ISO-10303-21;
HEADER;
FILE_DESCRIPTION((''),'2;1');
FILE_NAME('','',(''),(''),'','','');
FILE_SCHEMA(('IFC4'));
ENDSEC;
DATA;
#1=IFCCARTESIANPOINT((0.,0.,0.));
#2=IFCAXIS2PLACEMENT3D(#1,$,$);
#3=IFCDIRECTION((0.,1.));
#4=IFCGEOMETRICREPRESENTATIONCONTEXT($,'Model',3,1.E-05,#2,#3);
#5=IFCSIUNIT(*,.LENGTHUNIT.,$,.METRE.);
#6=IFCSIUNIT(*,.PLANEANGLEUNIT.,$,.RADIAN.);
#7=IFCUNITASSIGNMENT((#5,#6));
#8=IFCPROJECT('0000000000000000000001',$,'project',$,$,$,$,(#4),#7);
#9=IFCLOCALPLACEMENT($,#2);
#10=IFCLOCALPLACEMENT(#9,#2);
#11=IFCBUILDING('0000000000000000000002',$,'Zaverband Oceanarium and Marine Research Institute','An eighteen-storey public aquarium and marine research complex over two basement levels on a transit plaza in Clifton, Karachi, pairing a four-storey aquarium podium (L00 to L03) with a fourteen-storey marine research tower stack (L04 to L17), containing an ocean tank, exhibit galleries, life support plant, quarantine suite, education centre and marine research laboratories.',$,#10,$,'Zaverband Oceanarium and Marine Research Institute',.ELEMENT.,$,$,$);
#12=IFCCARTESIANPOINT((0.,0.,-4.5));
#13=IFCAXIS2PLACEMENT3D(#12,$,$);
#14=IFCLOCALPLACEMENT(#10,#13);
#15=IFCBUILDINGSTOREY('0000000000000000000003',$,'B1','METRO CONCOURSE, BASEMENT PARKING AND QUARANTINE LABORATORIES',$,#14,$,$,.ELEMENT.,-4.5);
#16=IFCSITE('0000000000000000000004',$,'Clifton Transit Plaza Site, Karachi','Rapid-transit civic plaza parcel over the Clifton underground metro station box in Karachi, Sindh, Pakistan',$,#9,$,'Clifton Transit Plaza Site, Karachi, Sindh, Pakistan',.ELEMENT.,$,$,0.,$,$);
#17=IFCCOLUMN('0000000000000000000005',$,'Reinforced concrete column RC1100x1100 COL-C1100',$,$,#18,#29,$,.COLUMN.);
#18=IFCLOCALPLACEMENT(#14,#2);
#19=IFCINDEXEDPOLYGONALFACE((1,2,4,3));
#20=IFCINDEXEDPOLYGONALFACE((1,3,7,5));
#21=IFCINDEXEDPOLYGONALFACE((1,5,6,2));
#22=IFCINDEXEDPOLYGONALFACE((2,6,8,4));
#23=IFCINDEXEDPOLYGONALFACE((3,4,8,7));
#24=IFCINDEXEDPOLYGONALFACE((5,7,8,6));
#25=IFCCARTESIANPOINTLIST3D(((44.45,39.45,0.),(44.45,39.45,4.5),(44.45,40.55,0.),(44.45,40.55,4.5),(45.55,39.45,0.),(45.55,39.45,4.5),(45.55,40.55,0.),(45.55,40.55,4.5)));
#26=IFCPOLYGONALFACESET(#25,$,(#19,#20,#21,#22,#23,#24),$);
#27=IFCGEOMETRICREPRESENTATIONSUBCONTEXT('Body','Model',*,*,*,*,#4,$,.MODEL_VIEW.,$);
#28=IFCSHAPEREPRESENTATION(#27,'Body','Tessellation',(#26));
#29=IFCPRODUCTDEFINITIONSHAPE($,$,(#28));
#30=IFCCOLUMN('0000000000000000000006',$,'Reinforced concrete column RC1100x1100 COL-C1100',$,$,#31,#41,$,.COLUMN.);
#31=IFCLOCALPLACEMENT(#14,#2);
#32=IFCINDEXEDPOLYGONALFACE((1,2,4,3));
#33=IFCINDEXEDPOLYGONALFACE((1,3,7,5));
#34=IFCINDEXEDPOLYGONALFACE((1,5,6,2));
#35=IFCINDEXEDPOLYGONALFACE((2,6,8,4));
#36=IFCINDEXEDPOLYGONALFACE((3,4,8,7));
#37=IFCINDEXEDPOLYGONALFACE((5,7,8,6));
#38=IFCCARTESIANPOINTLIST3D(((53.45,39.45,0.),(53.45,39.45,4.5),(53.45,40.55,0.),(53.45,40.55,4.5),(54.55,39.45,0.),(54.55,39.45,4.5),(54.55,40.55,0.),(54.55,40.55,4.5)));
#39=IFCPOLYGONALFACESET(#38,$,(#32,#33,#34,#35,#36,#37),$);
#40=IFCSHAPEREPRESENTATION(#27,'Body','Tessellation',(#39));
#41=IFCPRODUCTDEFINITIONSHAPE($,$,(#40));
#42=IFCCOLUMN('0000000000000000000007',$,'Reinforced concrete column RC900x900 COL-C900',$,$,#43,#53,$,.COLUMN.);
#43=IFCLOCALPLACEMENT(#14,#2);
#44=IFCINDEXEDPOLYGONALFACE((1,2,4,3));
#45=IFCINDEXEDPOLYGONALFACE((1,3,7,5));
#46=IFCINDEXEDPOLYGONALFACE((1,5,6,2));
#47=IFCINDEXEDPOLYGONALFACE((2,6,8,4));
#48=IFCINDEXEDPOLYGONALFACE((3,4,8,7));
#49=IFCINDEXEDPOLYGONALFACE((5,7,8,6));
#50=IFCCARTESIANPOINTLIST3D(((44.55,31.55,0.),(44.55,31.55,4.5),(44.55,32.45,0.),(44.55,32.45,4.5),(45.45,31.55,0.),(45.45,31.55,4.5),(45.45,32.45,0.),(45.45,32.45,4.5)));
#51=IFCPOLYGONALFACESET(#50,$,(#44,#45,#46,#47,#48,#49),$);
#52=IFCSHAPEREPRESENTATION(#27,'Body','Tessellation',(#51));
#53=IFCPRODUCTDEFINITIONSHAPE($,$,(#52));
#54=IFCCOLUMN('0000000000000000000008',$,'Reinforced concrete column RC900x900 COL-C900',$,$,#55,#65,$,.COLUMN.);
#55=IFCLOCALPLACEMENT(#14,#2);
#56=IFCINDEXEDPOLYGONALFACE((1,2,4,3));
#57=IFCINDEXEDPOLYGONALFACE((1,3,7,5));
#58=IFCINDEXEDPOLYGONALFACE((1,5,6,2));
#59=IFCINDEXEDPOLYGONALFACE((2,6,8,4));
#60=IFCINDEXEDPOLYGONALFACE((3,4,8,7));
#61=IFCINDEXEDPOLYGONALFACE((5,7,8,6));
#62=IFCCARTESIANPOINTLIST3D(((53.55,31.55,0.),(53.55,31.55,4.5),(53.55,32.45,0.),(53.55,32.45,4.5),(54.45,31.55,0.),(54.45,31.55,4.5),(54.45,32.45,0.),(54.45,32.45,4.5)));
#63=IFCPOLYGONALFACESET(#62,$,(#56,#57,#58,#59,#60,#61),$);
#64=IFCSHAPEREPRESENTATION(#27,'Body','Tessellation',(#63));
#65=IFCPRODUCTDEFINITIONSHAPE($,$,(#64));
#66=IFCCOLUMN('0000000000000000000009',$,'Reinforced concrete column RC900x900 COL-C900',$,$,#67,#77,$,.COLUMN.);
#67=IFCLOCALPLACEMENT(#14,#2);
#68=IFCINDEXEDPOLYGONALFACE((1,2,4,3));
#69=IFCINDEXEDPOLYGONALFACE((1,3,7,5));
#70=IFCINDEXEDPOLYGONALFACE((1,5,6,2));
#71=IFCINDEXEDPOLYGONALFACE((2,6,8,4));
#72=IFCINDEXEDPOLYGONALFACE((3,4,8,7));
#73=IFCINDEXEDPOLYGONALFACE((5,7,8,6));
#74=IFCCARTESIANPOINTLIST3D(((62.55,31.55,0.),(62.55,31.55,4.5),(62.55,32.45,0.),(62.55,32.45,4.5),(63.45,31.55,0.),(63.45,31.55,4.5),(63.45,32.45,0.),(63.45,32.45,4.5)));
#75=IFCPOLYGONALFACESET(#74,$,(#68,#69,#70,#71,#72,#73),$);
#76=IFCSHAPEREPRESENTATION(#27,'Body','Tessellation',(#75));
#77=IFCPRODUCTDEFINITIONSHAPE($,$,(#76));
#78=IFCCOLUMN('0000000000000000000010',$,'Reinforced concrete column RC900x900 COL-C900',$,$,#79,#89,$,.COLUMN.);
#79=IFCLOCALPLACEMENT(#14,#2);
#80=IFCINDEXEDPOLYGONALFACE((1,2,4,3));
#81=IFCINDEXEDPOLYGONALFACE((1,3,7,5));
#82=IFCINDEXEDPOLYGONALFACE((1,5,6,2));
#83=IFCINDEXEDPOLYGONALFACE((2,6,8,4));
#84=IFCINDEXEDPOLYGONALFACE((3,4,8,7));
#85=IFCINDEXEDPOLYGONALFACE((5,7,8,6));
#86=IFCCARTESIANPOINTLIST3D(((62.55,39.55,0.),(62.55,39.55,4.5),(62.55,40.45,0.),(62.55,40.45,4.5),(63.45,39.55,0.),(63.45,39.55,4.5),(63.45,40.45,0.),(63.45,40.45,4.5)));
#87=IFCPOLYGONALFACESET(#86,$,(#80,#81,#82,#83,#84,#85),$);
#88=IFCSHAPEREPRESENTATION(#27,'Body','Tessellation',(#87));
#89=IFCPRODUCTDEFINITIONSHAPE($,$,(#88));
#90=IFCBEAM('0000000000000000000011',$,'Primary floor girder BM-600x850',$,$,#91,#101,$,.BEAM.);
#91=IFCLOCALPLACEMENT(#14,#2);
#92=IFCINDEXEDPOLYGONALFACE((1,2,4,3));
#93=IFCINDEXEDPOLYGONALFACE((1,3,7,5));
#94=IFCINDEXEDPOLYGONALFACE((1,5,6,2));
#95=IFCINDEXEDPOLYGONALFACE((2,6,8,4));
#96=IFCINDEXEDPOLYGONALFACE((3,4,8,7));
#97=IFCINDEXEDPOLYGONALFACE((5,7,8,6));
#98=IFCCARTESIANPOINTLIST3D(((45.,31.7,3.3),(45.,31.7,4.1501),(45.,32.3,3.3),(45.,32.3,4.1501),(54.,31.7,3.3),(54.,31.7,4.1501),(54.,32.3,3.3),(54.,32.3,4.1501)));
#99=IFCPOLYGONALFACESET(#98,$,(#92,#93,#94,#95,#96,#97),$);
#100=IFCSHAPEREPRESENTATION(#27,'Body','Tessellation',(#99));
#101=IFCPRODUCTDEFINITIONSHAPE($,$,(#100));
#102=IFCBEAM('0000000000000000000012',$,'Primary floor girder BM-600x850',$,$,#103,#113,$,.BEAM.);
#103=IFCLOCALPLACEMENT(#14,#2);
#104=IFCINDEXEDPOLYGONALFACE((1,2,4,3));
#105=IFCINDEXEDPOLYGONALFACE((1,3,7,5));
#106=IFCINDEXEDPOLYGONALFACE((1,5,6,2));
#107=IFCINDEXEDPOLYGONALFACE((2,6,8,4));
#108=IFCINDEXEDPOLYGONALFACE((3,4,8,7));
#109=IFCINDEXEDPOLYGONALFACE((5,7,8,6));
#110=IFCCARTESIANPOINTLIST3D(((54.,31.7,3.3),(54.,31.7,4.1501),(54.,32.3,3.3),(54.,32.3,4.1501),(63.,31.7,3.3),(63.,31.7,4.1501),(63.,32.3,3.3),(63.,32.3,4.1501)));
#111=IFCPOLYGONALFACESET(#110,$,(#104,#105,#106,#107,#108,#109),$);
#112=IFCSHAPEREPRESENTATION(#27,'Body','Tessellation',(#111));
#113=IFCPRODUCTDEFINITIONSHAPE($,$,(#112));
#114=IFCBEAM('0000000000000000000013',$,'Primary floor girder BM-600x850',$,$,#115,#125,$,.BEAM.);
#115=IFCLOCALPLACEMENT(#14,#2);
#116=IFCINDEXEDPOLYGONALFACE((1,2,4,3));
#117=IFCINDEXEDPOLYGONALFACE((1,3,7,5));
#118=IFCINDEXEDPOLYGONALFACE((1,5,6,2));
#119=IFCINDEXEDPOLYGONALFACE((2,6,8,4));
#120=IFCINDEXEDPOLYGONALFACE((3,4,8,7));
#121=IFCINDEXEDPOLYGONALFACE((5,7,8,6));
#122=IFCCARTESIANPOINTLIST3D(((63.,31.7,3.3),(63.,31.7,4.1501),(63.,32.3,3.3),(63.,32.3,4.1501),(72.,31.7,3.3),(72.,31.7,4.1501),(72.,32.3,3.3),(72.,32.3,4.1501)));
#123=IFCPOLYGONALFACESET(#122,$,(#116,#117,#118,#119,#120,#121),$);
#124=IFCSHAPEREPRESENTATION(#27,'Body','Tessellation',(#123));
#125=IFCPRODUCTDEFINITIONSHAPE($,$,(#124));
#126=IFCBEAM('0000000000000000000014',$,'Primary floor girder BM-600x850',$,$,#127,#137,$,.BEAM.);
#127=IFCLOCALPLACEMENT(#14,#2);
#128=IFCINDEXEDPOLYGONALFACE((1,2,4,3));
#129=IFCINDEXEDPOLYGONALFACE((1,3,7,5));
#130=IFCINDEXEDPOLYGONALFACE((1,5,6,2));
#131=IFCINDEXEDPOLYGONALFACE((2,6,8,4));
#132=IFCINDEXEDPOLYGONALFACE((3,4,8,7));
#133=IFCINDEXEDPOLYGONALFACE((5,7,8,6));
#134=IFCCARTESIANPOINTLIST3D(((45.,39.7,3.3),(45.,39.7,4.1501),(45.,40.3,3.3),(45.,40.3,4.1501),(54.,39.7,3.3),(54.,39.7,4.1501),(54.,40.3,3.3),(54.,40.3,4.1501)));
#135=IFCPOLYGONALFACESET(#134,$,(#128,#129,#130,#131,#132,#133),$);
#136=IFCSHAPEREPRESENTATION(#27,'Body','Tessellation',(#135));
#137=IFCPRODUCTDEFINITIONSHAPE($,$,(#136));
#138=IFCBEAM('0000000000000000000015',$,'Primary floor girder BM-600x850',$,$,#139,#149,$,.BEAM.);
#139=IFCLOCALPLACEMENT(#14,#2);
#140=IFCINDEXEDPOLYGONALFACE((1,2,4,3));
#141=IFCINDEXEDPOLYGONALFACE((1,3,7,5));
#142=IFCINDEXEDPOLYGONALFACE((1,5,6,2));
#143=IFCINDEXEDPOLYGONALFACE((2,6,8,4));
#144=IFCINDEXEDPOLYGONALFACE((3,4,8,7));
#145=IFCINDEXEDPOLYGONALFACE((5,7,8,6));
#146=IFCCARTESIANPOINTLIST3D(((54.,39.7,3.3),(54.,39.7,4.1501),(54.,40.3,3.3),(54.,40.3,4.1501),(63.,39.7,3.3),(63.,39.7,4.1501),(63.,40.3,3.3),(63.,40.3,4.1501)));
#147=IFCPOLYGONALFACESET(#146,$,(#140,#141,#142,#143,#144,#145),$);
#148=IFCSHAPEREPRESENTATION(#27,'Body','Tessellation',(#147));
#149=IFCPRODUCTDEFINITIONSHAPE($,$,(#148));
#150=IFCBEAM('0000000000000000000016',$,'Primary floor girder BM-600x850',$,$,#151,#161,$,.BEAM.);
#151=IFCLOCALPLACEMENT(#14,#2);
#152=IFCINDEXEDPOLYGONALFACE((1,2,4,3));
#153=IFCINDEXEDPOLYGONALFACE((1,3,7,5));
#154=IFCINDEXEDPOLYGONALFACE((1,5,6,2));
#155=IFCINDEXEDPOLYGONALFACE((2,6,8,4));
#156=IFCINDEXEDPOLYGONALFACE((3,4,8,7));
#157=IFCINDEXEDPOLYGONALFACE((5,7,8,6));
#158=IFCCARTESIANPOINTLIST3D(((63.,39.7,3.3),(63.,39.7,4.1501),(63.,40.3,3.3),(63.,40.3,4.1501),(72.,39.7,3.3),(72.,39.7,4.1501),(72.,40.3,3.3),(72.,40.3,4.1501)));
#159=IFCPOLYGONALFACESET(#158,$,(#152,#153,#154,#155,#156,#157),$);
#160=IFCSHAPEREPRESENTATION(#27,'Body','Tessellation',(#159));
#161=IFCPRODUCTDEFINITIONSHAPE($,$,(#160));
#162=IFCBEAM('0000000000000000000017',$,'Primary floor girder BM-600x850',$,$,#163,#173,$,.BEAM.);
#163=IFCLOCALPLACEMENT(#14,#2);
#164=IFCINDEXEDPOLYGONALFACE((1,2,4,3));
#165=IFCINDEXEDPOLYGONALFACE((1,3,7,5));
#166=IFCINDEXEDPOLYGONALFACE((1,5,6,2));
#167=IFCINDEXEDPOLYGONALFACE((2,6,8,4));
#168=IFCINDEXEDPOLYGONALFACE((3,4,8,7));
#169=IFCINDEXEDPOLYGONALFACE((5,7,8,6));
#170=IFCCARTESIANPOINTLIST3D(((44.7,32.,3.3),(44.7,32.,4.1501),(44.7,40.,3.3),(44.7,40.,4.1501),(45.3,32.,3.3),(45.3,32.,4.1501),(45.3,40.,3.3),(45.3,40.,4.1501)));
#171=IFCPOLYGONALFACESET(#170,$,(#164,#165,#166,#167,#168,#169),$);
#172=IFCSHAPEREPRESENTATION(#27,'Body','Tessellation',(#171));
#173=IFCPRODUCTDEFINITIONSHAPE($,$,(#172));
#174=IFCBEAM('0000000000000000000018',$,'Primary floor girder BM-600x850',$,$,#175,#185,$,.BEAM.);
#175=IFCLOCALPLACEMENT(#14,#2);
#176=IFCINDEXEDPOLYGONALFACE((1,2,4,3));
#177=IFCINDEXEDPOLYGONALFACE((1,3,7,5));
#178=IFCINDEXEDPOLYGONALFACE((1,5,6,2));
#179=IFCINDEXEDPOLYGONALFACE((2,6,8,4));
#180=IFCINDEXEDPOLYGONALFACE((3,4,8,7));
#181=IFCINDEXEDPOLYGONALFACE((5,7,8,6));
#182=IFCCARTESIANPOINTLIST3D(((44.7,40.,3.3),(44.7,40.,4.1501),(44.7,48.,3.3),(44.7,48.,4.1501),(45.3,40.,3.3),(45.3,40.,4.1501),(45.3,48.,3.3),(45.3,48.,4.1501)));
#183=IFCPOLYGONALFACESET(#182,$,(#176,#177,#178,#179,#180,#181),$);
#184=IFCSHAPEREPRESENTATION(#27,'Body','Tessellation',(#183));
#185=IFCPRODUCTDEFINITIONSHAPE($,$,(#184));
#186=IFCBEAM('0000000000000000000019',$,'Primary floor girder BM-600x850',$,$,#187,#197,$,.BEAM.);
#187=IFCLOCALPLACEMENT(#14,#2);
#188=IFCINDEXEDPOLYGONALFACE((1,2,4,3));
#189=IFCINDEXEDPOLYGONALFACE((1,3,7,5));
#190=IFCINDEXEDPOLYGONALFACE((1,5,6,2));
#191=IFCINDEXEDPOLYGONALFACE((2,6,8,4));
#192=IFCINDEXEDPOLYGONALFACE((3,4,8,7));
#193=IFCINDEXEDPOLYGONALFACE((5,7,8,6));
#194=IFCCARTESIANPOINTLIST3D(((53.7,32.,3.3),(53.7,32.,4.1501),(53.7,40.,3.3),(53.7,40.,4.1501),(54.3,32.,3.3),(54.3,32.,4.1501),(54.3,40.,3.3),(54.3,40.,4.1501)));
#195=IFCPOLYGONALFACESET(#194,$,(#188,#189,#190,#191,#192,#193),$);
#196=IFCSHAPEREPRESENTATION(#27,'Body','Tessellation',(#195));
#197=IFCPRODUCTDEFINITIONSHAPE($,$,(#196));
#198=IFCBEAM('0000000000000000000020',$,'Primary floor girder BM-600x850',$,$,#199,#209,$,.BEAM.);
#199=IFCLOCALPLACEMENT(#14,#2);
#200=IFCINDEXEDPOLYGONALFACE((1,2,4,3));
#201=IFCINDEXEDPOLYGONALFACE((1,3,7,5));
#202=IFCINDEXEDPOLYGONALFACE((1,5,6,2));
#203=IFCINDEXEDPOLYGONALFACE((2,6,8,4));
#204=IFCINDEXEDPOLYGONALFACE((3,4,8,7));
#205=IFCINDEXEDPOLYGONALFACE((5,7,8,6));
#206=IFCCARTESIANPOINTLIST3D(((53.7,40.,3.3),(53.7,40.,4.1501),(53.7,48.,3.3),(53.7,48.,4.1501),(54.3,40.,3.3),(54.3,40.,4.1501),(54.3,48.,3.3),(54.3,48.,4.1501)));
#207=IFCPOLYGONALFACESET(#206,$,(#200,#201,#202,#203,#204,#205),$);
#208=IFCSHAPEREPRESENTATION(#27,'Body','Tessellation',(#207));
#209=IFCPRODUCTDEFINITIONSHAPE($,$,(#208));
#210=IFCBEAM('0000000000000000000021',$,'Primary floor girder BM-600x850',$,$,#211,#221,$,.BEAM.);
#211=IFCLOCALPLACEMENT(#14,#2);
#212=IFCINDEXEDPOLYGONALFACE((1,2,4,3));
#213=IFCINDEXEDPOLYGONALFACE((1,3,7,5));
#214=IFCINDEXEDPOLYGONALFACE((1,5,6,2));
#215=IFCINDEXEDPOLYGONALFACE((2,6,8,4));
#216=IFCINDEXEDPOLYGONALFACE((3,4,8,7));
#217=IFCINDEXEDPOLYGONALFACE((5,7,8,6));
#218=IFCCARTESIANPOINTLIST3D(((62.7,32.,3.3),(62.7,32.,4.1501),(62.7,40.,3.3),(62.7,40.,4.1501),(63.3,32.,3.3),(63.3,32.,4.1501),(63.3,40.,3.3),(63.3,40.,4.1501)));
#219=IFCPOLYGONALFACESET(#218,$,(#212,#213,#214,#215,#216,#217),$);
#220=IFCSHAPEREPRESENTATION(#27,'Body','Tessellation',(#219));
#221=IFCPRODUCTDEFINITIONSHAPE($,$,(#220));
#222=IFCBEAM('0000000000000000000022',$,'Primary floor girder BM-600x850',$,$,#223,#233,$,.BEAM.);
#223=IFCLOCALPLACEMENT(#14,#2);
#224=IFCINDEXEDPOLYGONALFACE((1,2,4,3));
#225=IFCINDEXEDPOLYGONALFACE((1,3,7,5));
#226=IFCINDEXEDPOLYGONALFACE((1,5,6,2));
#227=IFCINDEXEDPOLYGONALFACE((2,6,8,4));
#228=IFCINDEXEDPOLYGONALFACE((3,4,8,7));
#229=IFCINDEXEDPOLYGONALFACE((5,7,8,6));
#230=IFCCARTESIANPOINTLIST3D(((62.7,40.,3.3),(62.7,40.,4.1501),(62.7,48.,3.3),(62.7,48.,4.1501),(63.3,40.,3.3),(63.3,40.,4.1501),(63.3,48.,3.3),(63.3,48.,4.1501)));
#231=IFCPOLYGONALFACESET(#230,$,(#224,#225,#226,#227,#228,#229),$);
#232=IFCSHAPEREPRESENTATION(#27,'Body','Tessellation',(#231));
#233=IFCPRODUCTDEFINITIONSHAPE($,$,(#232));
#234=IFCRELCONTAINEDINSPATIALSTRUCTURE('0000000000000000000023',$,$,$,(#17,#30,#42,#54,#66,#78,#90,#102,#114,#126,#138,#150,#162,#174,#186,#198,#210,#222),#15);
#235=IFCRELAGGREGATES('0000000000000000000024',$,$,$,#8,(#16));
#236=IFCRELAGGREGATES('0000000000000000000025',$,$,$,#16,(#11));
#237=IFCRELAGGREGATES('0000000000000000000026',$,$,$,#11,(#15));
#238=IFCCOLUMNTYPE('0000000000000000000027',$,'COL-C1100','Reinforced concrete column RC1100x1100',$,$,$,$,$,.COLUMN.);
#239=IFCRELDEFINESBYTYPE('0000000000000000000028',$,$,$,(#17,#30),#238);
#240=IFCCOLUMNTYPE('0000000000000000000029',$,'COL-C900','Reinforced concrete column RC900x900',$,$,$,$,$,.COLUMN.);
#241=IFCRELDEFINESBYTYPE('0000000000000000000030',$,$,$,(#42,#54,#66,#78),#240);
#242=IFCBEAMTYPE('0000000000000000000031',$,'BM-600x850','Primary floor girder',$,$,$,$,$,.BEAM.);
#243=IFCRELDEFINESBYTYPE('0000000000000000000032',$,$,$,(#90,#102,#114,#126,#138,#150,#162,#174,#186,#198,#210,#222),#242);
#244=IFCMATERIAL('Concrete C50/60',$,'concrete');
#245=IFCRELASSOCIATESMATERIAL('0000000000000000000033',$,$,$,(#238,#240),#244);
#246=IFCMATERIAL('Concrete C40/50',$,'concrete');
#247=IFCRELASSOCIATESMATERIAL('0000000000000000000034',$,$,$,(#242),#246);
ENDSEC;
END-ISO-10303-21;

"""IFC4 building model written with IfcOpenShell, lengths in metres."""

from ifc_helpers import new_model, si_unit, direction, frame, origin, origin_2d, place, context, subcontext, project, spatial, rectangle, extrude, material, material_profile, profile_set, type_object, element, save


model = new_model("IFC4")

# Units and contexts
model_context = context("Model", 3, precision=1e-05, world=origin(), true_north=direction((0.0, 1.0)))
body_context = subcontext(model_context, "Body", "Model", "MODEL_VIEW")
ifc_project = project(units=[si_unit("LENGTHUNIT", "METRE"), si_unit("PLANEANGLEUNIT", "RADIAN")], contexts=[model_context])

# Site, building, storey
site_placement = place(None, origin())
site = spatial("IfcSite", under=ifc_project, at=site_placement, Name="Clifton Transit Plaza Site, Karachi", Description="Rapid-transit civic plaza parcel over the Clifton underground metro station box in Karachi, Sindh, Pakistan", LongName="Clifton Transit Plaza Site, Karachi, Sindh, Pakistan", CompositionType="ELEMENT", RefElevation=0.0)
building_placement = place(site_placement, origin())
building = spatial("IfcBuilding", under=site, at=building_placement, Name="Zaverband Oceanarium and Marine Research Institute", Description="An eighteen-storey public aquarium and marine research complex over two basement levels on a transit plaza in Clifton, Karachi, pairing a four-storey aquarium podium (L00 to L03) with a fourteen-storey marine research tower stack (L04 to L17), containing an ocean tank, exhibit galleries, life support plant, quarantine suite, education centre and marine research laboratories.", LongName="Zaverband Oceanarium and Marine Research Institute", CompositionType="ELEMENT")
storey_placement = place(building_placement, frame((0.0, 0.0, -4.5)))
storey = spatial("IfcBuildingStorey", under=building, at=storey_placement, Name="B1", Description="METRO CONCOURSE, BASEMENT PARKING AND QUARANTINE LABORATORIES", CompositionType="ELEMENT", Elevation=-4.5)

# Columns
ifc_material_1 = material(Name="Concrete C50/60", Category="concrete")
ifc_material_profile_1 = material_profile(ifc_material_1, rectangle(XDim=1.1001, YDim=1.1001, at=origin_2d()), Name="RC1100x1100")
ifc_profile_set_1 = profile_set([ifc_material_profile_1], Name="Concrete C50/60")
column_type_1 = type_object("IfcColumnType", Name="COL-C1100", Description="Reinforced concrete column RC1100x1100", PredefinedType="COLUMN", material=ifc_profile_set_1)
for number, where, z_axis, x_axis, name in (
    (1, (45.0, 40.0, 0.0), (0.0, 0.0, 1.0), (1.0, 0.0, 0.0), "Reinforced concrete column RC1100x1100 COL-C1100"),
    (2, (54.0, 40.0, 0.0), (0.0, 0.0, 1.0), (1.0, 0.0, 0.0), "Reinforced concrete column RC1100x1100 COL-C1100"),
):
    element("IfcColumn", number, at=place(storey_placement, frame(where, z_axis=z_axis, x_axis=x_axis)), inside=storey, type_object=column_type_1, Name=name, PredefinedType="COLUMN", context=body_context, shape_type="SweptSolid", body=[
        extrude(rectangle(XDim=1.1001, YDim=1.1001, at=origin_2d()), origin(), (0.0, 0.0, 1.0), 4.5),
    ])
ifc_material_profile_2 = material_profile(ifc_material_1, rectangle(XDim=0.8999, YDim=0.8999, at=origin_2d()), Name="RC900x900")
ifc_profile_set_2 = profile_set([ifc_material_profile_2], Name="Concrete C50/60")
column_type_2 = type_object("IfcColumnType", Name="COL-C900", Description="Reinforced concrete column RC900x900", PredefinedType="COLUMN", material=ifc_profile_set_2)
for number, where, z_axis, x_axis, name in (
    (3, (45.0, 32.0, 0.0), (0.0, 0.0, 1.0), (1.0, 0.0, 0.0), "Reinforced concrete column RC900x900 COL-C900"),
    (4, (54.0, 32.0, 0.0), (0.0, 0.0, 1.0), (1.0, 0.0, 0.0), "Reinforced concrete column RC900x900 COL-C900"),
    (5, (63.0, 32.0, 0.0), (0.0, 0.0, 1.0), (1.0, 0.0, 0.0), "Reinforced concrete column RC900x900 COL-C900"),
    (6, (63.0, 40.0, 0.0), (0.0, 0.0, 1.0), (1.0, 0.0, 0.0), "Reinforced concrete column RC900x900 COL-C900"),
):
    element("IfcColumn", number, at=place(storey_placement, frame(where, z_axis=z_axis, x_axis=x_axis)), inside=storey, type_object=column_type_2, Name=name, PredefinedType="COLUMN", context=body_context, shape_type="SweptSolid", body=[
        extrude(rectangle(XDim=0.8999, YDim=0.8999, at=origin_2d()), origin(), (0.0, 0.0, 1.0), 4.5),
    ])

# Beams
ifc_material_2 = material(Name="Concrete C40/50", Category="concrete")
ifc_material_profile_3 = material_profile(ifc_material_2, rectangle(XDim=0.6001, YDim=0.8501, at=origin_2d()), Name="RC600x850")
ifc_profile_set_3 = profile_set([ifc_material_profile_3], Name="Concrete C40/50")
beam_type_1 = type_object("IfcBeamType", Name="BM-600x850", Description="Primary floor girder", PredefinedType="BEAM", material=ifc_profile_set_3)
for number, where, z_axis, x_axis, name in (
    (7, (45.0, 32.0, 3.7251), (1.0, 0.0, 0.0), (0.0, 1.0, 0.0), "Primary floor girder BM-600x850"),
    (8, (54.0, 32.0, 3.7251), (1.0, 0.0, 0.0), (0.0, 1.0, 0.0), "Primary floor girder BM-600x850"),
    (9, (63.0, 32.0, 3.7251), (1.0, 0.0, 0.0), (0.0, 1.0, 0.0), "Primary floor girder BM-600x850"),
    (10, (45.0, 40.0, 3.7251), (1.0, 0.0, 0.0), (0.0, 1.0, 0.0), "Primary floor girder BM-600x850"),
    (11, (54.0, 40.0, 3.7251), (1.0, 0.0, 0.0), (0.0, 1.0, 0.0), "Primary floor girder BM-600x850"),
    (12, (63.0, 40.0, 3.7251), (1.0, 0.0, 0.0), (0.0, 1.0, 0.0), "Primary floor girder BM-600x850"),
):
    element("IfcBeam", number, at=place(storey_placement, frame(where, z_axis=z_axis, x_axis=x_axis)), inside=storey, type_object=beam_type_1, Name=name, PredefinedType="BEAM", context=body_context, shape_type="SweptSolid", body=[
        extrude(rectangle(XDim=0.6001, YDim=0.8501, at=origin_2d()), origin(), (0.0, 0.0, 1.0), 9.0),
    ])
for number, where, z_axis, x_axis, name in (
    (13, (45.0, 32.0, 3.7251), (0.0, 1.0, 0.0), (-1.0, 0.0, 0.0), "Primary floor girder BM-600x850"),
    (14, (45.0, 40.0, 3.7251), (0.0, 1.0, 0.0), (-1.0, 0.0, 0.0), "Primary floor girder BM-600x850"),
    (15, (54.0, 32.0, 3.7251), (0.0, 1.0, 0.0), (-1.0, 0.0, 0.0), "Primary floor girder BM-600x850"),
    (16, (54.0, 40.0, 3.7251), (0.0, 1.0, 0.0), (-1.0, 0.0, 0.0), "Primary floor girder BM-600x850"),
    (17, (63.0, 32.0, 3.7251), (0.0, 1.0, 0.0), (-1.0, 0.0, 0.0), "Primary floor girder BM-600x850"),
    (18, (63.0, 40.0, 3.7251), (0.0, 1.0, 0.0), (-1.0, 0.0, 0.0), "Primary floor girder BM-600x850"),
):
    element("IfcBeam", number, at=place(storey_placement, frame(where, z_axis=z_axis, x_axis=x_axis)), inside=storey, type_object=beam_type_1, Name=name, PredefinedType="BEAM", context=body_context, shape_type="SweptSolid", body=[
        extrude(rectangle(XDim=0.6001, YDim=0.8501, at=origin_2d()), origin(), (0.0, 0.0, 1.0), 8.0),
    ])

save(model, "model.ifc")
